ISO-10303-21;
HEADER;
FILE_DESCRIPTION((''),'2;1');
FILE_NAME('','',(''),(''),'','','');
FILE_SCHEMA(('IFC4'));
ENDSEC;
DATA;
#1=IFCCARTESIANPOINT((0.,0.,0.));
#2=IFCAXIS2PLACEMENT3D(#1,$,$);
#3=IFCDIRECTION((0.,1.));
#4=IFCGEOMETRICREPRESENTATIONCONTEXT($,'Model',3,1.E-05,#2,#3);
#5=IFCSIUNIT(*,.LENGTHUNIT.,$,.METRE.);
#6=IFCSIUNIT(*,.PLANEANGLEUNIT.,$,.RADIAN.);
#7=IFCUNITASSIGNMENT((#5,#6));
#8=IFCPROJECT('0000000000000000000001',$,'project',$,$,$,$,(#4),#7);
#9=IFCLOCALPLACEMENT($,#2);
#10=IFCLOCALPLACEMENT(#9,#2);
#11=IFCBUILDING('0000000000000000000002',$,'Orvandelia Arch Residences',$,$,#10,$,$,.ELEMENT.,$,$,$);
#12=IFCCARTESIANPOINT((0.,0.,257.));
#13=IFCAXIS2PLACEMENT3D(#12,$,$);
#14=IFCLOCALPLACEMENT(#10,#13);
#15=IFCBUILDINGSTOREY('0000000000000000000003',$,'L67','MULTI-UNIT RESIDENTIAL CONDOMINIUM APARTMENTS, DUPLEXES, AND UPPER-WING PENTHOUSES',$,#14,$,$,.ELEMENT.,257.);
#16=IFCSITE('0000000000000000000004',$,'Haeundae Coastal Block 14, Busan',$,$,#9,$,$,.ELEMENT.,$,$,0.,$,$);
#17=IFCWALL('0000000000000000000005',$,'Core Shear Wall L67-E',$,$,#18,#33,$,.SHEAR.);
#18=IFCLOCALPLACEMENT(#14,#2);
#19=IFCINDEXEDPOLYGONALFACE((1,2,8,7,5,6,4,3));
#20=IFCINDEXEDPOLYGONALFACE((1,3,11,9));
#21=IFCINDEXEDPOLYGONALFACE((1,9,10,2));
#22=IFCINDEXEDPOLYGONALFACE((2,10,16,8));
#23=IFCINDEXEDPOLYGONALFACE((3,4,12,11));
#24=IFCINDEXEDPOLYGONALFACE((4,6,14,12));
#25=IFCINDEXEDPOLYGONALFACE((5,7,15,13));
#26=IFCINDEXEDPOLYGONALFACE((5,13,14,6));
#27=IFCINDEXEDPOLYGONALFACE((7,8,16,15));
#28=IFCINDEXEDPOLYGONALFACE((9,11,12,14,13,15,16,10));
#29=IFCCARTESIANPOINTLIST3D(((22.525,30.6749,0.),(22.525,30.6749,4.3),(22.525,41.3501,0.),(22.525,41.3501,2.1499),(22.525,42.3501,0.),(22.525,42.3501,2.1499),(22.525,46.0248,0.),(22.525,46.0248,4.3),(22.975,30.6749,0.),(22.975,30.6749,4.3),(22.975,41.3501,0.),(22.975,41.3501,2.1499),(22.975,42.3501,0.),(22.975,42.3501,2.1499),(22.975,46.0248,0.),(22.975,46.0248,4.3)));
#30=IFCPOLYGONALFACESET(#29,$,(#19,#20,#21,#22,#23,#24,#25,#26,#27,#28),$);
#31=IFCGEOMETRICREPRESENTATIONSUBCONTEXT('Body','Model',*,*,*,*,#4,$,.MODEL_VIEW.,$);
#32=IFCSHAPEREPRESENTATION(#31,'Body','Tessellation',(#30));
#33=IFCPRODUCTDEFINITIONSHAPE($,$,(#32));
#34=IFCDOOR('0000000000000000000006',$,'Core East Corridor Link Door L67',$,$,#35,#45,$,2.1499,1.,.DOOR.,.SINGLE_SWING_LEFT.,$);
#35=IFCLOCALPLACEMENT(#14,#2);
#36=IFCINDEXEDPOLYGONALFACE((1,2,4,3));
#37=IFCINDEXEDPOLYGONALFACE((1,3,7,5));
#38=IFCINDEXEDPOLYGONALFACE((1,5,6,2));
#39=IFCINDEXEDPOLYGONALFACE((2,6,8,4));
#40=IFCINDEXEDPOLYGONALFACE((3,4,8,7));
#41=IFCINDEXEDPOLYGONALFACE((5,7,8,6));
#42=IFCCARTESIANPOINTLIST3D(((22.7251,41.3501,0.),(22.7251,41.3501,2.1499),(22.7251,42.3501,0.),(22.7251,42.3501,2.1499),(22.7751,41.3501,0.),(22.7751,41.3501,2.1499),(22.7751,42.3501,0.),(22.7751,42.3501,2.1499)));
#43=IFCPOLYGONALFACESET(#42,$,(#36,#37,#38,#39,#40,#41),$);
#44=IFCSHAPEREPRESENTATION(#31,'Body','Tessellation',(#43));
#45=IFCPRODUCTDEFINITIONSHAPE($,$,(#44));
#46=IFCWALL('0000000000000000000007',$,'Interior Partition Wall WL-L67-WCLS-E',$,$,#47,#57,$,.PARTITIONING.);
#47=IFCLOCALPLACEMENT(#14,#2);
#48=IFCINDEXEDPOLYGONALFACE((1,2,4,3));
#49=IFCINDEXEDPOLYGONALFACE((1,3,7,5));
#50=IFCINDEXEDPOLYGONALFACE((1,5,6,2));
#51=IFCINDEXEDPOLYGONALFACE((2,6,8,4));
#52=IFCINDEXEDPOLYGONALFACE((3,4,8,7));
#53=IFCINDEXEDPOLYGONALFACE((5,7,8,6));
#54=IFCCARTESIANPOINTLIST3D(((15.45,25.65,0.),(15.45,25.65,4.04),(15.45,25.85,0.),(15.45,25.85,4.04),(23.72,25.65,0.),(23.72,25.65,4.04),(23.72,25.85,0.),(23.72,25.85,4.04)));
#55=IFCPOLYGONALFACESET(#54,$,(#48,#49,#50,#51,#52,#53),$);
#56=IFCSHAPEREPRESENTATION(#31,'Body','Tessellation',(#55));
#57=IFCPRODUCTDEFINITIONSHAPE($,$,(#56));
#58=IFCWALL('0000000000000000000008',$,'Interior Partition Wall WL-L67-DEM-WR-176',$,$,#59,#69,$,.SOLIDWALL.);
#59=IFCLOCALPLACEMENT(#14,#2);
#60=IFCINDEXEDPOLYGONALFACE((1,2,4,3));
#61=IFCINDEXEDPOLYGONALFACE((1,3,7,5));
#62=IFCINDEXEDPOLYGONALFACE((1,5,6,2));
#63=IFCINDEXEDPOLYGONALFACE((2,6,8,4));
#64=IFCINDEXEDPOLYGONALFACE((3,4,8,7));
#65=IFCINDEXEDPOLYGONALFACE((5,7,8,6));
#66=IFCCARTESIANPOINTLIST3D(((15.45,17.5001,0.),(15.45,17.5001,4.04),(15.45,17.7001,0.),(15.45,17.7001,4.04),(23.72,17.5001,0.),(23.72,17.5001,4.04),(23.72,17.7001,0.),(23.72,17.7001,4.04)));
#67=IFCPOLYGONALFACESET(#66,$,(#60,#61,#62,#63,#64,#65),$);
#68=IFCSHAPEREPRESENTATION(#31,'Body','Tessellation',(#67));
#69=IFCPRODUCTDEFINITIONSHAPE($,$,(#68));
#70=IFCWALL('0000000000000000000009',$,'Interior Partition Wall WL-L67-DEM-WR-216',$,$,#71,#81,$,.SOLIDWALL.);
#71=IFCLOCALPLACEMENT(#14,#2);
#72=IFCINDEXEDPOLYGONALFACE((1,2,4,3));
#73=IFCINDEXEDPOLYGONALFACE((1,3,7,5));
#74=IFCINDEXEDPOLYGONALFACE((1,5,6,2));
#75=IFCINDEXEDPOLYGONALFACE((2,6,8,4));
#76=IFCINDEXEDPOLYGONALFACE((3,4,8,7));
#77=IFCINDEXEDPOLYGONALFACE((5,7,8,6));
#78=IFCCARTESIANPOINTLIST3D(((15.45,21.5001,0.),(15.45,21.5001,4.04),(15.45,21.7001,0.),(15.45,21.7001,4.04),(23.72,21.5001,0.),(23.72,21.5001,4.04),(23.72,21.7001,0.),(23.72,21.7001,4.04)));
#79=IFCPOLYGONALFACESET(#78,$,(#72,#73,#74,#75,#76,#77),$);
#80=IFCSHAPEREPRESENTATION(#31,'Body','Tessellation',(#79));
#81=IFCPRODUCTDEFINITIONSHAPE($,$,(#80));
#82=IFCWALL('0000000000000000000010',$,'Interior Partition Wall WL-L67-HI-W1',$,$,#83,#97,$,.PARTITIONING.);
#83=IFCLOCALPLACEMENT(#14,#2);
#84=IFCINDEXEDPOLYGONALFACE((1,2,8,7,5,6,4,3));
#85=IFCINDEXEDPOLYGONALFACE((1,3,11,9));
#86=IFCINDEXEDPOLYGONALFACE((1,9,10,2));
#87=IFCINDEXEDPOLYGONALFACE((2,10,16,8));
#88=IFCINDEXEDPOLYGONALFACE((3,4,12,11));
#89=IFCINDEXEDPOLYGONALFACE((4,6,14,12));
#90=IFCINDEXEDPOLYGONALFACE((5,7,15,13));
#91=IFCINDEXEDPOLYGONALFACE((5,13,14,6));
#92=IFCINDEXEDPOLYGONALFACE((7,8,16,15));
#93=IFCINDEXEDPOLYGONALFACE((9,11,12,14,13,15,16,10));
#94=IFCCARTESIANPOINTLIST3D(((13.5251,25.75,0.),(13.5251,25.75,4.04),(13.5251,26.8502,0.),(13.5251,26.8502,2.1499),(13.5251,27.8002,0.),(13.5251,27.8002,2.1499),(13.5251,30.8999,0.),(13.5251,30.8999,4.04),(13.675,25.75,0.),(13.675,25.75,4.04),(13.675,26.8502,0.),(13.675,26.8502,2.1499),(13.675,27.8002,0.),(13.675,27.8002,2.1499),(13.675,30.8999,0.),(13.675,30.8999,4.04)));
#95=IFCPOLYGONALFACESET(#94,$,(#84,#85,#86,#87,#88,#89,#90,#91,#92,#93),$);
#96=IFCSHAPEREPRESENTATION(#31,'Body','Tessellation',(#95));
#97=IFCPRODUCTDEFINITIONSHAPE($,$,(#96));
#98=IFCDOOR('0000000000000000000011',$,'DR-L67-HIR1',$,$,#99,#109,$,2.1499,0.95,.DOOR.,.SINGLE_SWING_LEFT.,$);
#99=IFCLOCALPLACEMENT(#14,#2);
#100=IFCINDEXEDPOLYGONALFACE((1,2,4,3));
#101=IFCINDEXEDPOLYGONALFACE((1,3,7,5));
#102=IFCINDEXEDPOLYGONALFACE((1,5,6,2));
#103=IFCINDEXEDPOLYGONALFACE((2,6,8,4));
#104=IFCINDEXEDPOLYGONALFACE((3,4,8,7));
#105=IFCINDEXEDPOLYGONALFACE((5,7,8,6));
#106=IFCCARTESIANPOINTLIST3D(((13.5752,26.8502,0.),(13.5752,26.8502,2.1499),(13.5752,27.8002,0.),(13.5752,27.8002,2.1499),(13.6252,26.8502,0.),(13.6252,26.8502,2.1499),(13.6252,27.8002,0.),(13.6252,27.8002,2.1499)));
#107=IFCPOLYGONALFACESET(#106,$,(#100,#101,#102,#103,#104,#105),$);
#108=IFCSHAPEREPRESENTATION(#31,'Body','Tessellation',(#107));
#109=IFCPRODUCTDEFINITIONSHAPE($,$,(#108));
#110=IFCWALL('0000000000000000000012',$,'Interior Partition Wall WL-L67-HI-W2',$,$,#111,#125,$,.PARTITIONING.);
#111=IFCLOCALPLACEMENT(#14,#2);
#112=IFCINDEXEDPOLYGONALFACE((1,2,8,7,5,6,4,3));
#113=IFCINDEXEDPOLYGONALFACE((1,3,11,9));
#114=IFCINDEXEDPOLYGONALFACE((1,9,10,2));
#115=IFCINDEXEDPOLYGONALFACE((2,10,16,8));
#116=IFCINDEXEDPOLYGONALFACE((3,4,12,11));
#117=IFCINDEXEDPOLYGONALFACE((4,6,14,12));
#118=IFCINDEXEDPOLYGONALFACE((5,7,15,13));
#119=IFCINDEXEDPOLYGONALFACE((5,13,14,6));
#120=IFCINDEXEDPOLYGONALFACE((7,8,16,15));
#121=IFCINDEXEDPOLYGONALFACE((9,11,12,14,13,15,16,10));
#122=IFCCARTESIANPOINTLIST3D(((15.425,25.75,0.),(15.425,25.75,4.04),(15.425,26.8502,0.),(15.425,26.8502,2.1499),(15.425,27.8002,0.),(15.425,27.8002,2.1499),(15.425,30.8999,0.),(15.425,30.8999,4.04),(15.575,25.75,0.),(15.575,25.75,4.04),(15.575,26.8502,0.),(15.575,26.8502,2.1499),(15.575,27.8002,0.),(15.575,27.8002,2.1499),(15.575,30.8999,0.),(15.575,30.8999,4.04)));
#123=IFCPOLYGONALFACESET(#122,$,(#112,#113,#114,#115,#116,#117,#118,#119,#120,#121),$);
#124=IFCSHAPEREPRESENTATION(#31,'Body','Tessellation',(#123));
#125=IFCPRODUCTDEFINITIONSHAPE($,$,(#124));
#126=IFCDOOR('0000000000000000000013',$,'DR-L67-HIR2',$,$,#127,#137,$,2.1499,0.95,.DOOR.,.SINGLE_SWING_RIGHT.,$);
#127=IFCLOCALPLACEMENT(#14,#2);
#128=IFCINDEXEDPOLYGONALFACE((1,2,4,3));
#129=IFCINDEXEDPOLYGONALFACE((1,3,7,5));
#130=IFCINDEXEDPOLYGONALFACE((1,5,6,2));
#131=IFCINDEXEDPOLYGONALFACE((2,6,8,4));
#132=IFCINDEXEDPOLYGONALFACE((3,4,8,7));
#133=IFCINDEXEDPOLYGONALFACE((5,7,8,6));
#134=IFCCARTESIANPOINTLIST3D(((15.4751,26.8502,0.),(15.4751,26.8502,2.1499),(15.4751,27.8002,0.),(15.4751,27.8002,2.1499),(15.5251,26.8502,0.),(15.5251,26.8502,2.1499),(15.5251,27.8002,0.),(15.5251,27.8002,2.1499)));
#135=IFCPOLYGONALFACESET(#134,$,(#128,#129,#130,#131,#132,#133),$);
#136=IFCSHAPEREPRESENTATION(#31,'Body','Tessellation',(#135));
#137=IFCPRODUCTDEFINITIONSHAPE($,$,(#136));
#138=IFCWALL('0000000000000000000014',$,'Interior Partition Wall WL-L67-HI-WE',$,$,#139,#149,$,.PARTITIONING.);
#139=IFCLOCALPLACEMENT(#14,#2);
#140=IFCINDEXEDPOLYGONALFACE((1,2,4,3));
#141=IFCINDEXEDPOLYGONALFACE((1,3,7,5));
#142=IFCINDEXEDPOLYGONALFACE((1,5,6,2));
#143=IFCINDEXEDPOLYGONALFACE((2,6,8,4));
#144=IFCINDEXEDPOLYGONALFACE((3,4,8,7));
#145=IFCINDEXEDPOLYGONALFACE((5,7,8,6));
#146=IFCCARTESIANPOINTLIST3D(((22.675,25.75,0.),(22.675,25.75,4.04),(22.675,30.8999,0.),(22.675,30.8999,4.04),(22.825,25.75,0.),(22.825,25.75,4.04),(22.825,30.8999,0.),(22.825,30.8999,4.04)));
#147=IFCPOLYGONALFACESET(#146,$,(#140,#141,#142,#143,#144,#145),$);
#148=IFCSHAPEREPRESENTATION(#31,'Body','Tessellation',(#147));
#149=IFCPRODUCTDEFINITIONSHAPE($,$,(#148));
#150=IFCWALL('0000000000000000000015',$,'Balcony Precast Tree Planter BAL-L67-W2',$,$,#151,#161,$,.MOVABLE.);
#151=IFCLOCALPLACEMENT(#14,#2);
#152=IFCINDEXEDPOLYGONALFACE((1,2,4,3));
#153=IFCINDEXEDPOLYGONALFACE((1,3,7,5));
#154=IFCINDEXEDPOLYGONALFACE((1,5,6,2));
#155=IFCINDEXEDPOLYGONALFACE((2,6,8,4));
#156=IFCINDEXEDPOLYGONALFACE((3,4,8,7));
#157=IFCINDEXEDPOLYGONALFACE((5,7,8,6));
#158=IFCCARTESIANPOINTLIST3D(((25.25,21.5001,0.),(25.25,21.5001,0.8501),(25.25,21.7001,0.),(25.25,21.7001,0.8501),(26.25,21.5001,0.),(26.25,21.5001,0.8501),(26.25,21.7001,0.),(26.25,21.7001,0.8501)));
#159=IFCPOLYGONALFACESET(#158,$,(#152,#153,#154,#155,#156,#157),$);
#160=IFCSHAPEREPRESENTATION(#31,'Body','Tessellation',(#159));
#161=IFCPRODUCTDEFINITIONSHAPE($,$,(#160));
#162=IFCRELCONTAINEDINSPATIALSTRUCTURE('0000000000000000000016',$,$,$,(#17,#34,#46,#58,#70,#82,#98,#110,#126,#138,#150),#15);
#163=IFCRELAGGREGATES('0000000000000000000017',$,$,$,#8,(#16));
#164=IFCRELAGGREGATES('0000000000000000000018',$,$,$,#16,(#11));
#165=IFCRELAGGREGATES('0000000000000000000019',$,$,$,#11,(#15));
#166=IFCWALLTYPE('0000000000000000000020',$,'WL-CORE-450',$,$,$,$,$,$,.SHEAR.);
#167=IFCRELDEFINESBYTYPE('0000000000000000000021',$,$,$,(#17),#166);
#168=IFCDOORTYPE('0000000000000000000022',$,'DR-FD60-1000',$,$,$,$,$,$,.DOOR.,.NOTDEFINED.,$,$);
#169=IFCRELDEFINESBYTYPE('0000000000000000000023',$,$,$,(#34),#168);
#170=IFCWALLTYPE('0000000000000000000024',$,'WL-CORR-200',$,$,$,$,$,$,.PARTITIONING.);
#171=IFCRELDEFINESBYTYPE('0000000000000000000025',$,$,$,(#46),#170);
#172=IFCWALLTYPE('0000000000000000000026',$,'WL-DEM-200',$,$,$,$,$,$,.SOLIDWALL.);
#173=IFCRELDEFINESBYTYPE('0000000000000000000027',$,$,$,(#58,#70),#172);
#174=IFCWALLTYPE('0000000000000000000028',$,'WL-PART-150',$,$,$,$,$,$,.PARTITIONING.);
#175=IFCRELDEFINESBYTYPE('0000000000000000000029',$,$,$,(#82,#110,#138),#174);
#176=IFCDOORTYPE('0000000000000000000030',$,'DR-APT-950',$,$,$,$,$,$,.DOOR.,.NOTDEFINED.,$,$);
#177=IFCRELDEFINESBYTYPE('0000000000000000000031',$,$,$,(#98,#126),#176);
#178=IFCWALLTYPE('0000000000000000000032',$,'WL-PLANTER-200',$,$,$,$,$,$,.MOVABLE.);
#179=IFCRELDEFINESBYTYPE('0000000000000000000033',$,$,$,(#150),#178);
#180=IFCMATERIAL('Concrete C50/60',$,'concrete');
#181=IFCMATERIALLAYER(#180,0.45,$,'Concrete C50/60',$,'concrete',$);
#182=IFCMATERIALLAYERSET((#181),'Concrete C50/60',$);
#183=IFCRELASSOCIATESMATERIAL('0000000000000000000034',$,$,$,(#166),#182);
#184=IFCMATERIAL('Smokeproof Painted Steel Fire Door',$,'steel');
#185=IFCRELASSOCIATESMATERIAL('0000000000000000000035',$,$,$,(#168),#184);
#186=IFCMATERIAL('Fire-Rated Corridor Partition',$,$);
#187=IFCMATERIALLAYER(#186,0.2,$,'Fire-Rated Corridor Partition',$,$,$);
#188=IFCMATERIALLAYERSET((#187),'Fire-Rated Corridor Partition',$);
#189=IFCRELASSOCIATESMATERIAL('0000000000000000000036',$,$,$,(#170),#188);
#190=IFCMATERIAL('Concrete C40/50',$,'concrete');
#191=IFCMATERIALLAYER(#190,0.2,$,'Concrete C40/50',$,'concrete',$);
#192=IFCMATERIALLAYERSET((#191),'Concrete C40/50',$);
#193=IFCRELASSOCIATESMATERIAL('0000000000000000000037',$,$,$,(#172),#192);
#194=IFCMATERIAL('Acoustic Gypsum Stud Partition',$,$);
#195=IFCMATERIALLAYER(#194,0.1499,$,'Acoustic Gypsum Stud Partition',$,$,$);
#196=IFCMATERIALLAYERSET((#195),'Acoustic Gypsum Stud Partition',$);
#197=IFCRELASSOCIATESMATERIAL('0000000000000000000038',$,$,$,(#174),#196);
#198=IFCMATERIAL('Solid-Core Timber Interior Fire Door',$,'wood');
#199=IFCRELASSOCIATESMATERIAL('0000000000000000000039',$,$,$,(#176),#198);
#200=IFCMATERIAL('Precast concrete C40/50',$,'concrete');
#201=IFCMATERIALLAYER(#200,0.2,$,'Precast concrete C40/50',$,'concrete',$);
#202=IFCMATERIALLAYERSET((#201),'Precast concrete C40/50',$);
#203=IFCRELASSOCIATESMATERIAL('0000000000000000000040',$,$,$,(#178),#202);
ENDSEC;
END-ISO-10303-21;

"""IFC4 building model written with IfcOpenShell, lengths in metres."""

from ifc_helpers import new_model, si_unit, direction, frame, frame_2d, origin, place, context, subcontext, project, spatial, rectangle, extrude, material, layer, layer_set, type_object, element, fill, save


model = new_model("IFC4")

# Units and contexts
model_context = context("Model", 3, precision=1e-05, world=origin(), true_north=direction((0.0, 1.0)))
body_context = subcontext(model_context, "Body", "Model", "MODEL_VIEW")
ifc_project = project(units=[si_unit("LENGTHUNIT", "METRE"), si_unit("PLANEANGLEUNIT", "RADIAN")], contexts=[model_context])

# Site, building, storey
site_placement = place(None, origin())
site = spatial("IfcSite", under=ifc_project, at=site_placement, Name="Haeundae Coastal Block 14, Busan", CompositionType="ELEMENT", RefElevation=0.0)
building_placement = place(site_placement, origin())
building = spatial("IfcBuilding", under=site, at=building_placement, Name="Orvandelia Arch Residences", CompositionType="ELEMENT")
storey_placement = place(building_placement, frame((0.0, 0.0, 257.0)))
storey = spatial("IfcBuildingStorey", under=building, at=storey_placement, Name="L67", Description="MULTI-UNIT RESIDENTIAL CONDOMINIUM APARTMENTS, DUPLEXES, AND UPPER-WING PENTHOUSES", CompositionType="ELEMENT", Elevation=257.0)

# Shared definitions
ifc_material_1 = material(Name="Concrete C50/60", Category="concrete")

# Wall, opening, door
ifc_layer_1 = layer(ifc_material_1, 0.45, Name="Concrete C50/60", Category="concrete")
ifc_layer_set_1 = layer_set([ifc_layer_1], Name="Concrete C50/60")
wall_type_1 = type_object("IfcWallType", Name="WL-CORE-450", PredefinedType="SHEAR", material=ifc_layer_set_1)
wall_1_placement = place(storey_placement, frame((22.75, 30.675, 0.0), z_axis=(0.0, 0.0, 1.0), x_axis=(0.0, 1.0, 0.0)))
wall_1 = element("IfcWall", 1, at=wall_1_placement, inside=storey, type_object=wall_type_1, Name="Core Shear Wall L67-E", PredefinedType="SHEAR", context=body_context, shape_type="SweptSolid", body=[
    extrude(rectangle(XDim=15.3499, YDim=0.45, at=frame_2d((7.6748, 0.0))), origin(), (0.0, 0.0, 1.0), 4.3),
])
opening_1_placement = place(wall_1_placement, frame((10.675, 0.0, 0.0)))
opening_1 = element("IfcOpeningElement", 2, at=opening_1_placement, cuts=wall_1, PredefinedType="OPENING", context=body_context, shape_type="SweptSolid", body=[
    extrude(rectangle(XDim=1.0, YDim=2.1499, at=frame_2d((0.5, 1.075))), frame((0.0, 0.2349, 0.0), z_axis=(0.0, -1.0, 0.0), x_axis=(1.0, 0.0, 0.0)), (0.0, 0.0, 1.0), 0.47),
])
ifc_material_2 = material(Name="Smokeproof Painted Steel Fire Door", Category="steel")
door_type_1 = type_object("IfcDoorType", Name="DR-FD60-1000", OperationType="NOTDEFINED", PredefinedType="DOOR", material=ifc_material_2)
door_1_placement = place(opening_1_placement, origin())
door_1 = element("IfcDoor", 3, at=door_1_placement, inside=storey, type_object=door_type_1, Name="Core East Corridor Link Door L67", OperationType="SINGLE_SWING_LEFT", OverallHeight=2.1499, OverallWidth=1.0, PredefinedType="DOOR", context=body_context, shape_type="SweptSolid", body=[
    extrude(rectangle(XDim=1.0, YDim=2.1499, at=frame_2d((0.5, 1.075))), frame((0.0, 0.0249, 0.0), z_axis=(0.0, -1.0, 0.0), x_axis=(1.0, 0.0, 0.0)), (0.0, 0.0, 1.0), 0.05),
])
fill(opening_1, door_1)

# Walls
ifc_material_3 = material(Name="Fire-Rated Corridor Partition")
ifc_layer_2 = layer(ifc_material_3, 0.2, Name="Fire-Rated Corridor Partition")
ifc_layer_set_2 = layer_set([ifc_layer_2], Name="Fire-Rated Corridor Partition")
wall_type_2 = type_object("IfcWallType", Name="WL-CORR-200", PredefinedType="PARTITIONING", material=ifc_layer_set_2)
wall_2_placement = place(storey_placement, frame((15.45, 25.75, 0.0), z_axis=(0.0, 0.0, 1.0), x_axis=(1.0, 0.0, 0.0)))
element("IfcWall", 4, at=wall_2_placement, inside=storey, type_object=wall_type_2, Name="Interior Partition Wall WL-L67-WCLS-E", PredefinedType="PARTITIONING", context=body_context, shape_type="SweptSolid", body=[
    extrude(rectangle(XDim=8.27, YDim=0.2, at=frame_2d((4.135, 0.0))), origin(), (0.0, 0.0, 1.0), 4.04),
])
ifc_material_4 = material(Name="Concrete C40/50", Category="concrete")
ifc_layer_3 = layer(ifc_material_4, 0.2, Name="Concrete C40/50", Category="concrete")
ifc_layer_set_3 = layer_set([ifc_layer_3], Name="Concrete C40/50")
wall_type_3 = type_object("IfcWallType", Name="WL-DEM-200", PredefinedType="SOLIDWALL", material=ifc_layer_set_3)
for number, where, z_axis, x_axis, name in (
    (5, (15.45, 17.6001, 0.0), (0.0, 0.0, 1.0), (1.0, 0.0, 0.0), "Interior Partition Wall WL-L67-DEM-WR-176"),
    (6, (15.45, 21.6001, 0.0), (0.0, 0.0, 1.0), (1.0, 0.0, 0.0), "Interior Partition Wall WL-L67-DEM-WR-216"),
):
    element("IfcWall", number, at=place(storey_placement, frame(where, z_axis=z_axis, x_axis=x_axis)), inside=storey, type_object=wall_type_3, Name=name, PredefinedType="SOLIDWALL", context=body_context, shape_type="SweptSolid", body=[
        extrude(rectangle(XDim=8.27, YDim=0.2, at=frame_2d((4.135, 0.0))), origin(), (0.0, 0.0, 1.0), 4.04),
    ])

# Walls, openings, doors
ifc_material_5 = material(Name="Acoustic Gypsum Stud Partition")
ifc_layer_4 = layer(ifc_material_5, 0.1499, Name="Acoustic Gypsum Stud Partition")
ifc_layer_set_4 = layer_set([ifc_layer_4], Name="Acoustic Gypsum Stud Partition")
wall_type_4 = type_object("IfcWallType", Name="WL-PART-150", PredefinedType="PARTITIONING", material=ifc_layer_set_4)
wall_3_placement = place(storey_placement, frame((13.6001, 25.75, 0.0), z_axis=(0.0, 0.0, 1.0), x_axis=(0.0, 1.0, 0.0)))
wall_3 = element("IfcWall", 7, at=wall_3_placement, inside=storey, type_object=wall_type_4, Name="Interior Partition Wall WL-L67-HI-W1", PredefinedType="PARTITIONING", context=body_context, shape_type="SweptSolid", body=[
    extrude(rectangle(XDim=5.1499, YDim=0.1499, at=frame_2d((2.575, 0.0))), origin(), (0.0, 0.0, 1.0), 4.04),
])
opening_2_placement = place(wall_3_placement, frame((1.1001, 0.0, 0.0)))
opening_2 = element("IfcOpeningElement", 8, at=opening_2_placement, cuts=wall_3, PredefinedType="OPENING", context=body_context, shape_type="SweptSolid", body=[
    extrude(rectangle(XDim=0.95, YDim=2.1499, at=frame_2d((0.4751, 1.075))), frame((0.0, 0.085, 0.0), z_axis=(0.0, -1.0, 0.0), x_axis=(1.0, 0.0, 0.0)), (0.0, 0.0, 1.0), 0.1699),
])
ifc_material_6 = material(Name="Solid-Core Timber Interior Fire Door", Category="wood")
door_type_2 = type_object("IfcDoorType", Name="DR-APT-950", OperationType="NOTDEFINED", PredefinedType="DOOR", material=ifc_material_6)
door_2_placement = place(opening_2_placement, origin())
door_2 = element("IfcDoor", 9, at=door_2_placement, inside=storey, type_object=door_type_2, Name="DR-L67-HIR1", OperationType="SINGLE_SWING_LEFT", OverallHeight=2.1499, OverallWidth=0.95, PredefinedType="DOOR", context=body_context, shape_type="SweptSolid", body=[
    extrude(rectangle(XDim=0.95, YDim=2.1499, at=frame_2d((0.4751, 1.075))), frame((0.0, 0.0249, 0.0), z_axis=(0.0, -1.0, 0.0), x_axis=(1.0, 0.0, 0.0)), (0.0, 0.0, 1.0), 0.05),
])
fill(opening_2, door_2)
wall_4_placement = place(storey_placement, frame((15.5, 25.75, 0.0), z_axis=(0.0, 0.0, 1.0), x_axis=(0.0, 1.0, 0.0)))
wall_4 = element("IfcWall", 10, at=wall_4_placement, inside=storey, type_object=wall_type_4, Name="Interior Partition Wall WL-L67-HI-W2", PredefinedType="PARTITIONING", context=body_context, shape_type="SweptSolid", body=[
    extrude(rectangle(XDim=5.1499, YDim=0.1499, at=frame_2d((2.575, 0.0))), origin(), (0.0, 0.0, 1.0), 4.04),
])
opening_3_placement = place(wall_4_placement, frame((1.1001, 0.0, 0.0)))
opening_3 = element("IfcOpeningElement", 11, at=opening_3_placement, cuts=wall_4, PredefinedType="OPENING", context=body_context, shape_type="SweptSolid", body=[
    extrude(rectangle(XDim=0.95, YDim=2.1499, at=frame_2d((0.4751, 1.075))), frame((0.0, 0.085, 0.0), z_axis=(0.0, -1.0, 0.0), x_axis=(1.0, 0.0, 0.0)), (0.0, 0.0, 1.0), 0.1699),
])
door_3_placement = place(opening_3_placement, origin())
door_3 = element("IfcDoor", 12, at=door_3_placement, inside=storey, type_object=door_type_2, Name="DR-L67-HIR2", OperationType="SINGLE_SWING_RIGHT", OverallHeight=2.1499, OverallWidth=0.95, PredefinedType="DOOR", context=body_context, shape_type="SweptSolid", body=[
    extrude(rectangle(XDim=0.95, YDim=2.1499, at=frame_2d((0.4751, 1.075))), frame((0.0, 0.0249, 0.0), z_axis=(0.0, -1.0, 0.0), x_axis=(1.0, 0.0, 0.0)), (0.0, 0.0, 1.0), 0.05),
])
fill(opening_3, door_3)

# Walls
wall_5_placement = place(storey_placement, frame((22.75, 25.75, 0.0), z_axis=(0.0, 0.0, 1.0), x_axis=(0.0, 1.0, 0.0)))
element("IfcWall", 13, at=wall_5_placement, inside=storey, type_object=wall_type_4, Name="Interior Partition Wall WL-L67-HI-WE", PredefinedType="PARTITIONING", context=body_context, shape_type="SweptSolid", body=[
    extrude(rectangle(XDim=5.1499, YDim=0.1499, at=frame_2d((2.575, 0.0))), origin(), (0.0, 0.0, 1.0), 4.04),
])
ifc_material_7 = material(Name="Precast concrete C40/50", Category="concrete")
ifc_layer_5 = layer(ifc_material_7, 0.2, Name="Precast concrete C40/50", Category="concrete")
ifc_layer_set_5 = layer_set([ifc_layer_5], Name="Precast concrete C40/50")
wall_type_5 = type_object("IfcWallType", Name="WL-PLANTER-200", PredefinedType="MOVABLE", material=ifc_layer_set_5)
wall_6_placement = place(storey_placement, frame((25.25, 21.6001, 0.0), z_axis=(0.0, 0.0, 1.0), x_axis=(1.0, 0.0, 0.0)))
element("IfcWall", 14, at=wall_6_placement, inside=storey, type_object=wall_type_5, Name="Balcony Precast Tree Planter BAL-L67-W2", PredefinedType="MOVABLE", context=body_context, shape_type="SweptSolid", body=[
    extrude(rectangle(XDim=1.0, YDim=0.2, at=frame_2d((0.5, 0.0))), origin(), (0.0, 0.0, 1.0), 0.8501),
])

save(model, "model.ifc")
